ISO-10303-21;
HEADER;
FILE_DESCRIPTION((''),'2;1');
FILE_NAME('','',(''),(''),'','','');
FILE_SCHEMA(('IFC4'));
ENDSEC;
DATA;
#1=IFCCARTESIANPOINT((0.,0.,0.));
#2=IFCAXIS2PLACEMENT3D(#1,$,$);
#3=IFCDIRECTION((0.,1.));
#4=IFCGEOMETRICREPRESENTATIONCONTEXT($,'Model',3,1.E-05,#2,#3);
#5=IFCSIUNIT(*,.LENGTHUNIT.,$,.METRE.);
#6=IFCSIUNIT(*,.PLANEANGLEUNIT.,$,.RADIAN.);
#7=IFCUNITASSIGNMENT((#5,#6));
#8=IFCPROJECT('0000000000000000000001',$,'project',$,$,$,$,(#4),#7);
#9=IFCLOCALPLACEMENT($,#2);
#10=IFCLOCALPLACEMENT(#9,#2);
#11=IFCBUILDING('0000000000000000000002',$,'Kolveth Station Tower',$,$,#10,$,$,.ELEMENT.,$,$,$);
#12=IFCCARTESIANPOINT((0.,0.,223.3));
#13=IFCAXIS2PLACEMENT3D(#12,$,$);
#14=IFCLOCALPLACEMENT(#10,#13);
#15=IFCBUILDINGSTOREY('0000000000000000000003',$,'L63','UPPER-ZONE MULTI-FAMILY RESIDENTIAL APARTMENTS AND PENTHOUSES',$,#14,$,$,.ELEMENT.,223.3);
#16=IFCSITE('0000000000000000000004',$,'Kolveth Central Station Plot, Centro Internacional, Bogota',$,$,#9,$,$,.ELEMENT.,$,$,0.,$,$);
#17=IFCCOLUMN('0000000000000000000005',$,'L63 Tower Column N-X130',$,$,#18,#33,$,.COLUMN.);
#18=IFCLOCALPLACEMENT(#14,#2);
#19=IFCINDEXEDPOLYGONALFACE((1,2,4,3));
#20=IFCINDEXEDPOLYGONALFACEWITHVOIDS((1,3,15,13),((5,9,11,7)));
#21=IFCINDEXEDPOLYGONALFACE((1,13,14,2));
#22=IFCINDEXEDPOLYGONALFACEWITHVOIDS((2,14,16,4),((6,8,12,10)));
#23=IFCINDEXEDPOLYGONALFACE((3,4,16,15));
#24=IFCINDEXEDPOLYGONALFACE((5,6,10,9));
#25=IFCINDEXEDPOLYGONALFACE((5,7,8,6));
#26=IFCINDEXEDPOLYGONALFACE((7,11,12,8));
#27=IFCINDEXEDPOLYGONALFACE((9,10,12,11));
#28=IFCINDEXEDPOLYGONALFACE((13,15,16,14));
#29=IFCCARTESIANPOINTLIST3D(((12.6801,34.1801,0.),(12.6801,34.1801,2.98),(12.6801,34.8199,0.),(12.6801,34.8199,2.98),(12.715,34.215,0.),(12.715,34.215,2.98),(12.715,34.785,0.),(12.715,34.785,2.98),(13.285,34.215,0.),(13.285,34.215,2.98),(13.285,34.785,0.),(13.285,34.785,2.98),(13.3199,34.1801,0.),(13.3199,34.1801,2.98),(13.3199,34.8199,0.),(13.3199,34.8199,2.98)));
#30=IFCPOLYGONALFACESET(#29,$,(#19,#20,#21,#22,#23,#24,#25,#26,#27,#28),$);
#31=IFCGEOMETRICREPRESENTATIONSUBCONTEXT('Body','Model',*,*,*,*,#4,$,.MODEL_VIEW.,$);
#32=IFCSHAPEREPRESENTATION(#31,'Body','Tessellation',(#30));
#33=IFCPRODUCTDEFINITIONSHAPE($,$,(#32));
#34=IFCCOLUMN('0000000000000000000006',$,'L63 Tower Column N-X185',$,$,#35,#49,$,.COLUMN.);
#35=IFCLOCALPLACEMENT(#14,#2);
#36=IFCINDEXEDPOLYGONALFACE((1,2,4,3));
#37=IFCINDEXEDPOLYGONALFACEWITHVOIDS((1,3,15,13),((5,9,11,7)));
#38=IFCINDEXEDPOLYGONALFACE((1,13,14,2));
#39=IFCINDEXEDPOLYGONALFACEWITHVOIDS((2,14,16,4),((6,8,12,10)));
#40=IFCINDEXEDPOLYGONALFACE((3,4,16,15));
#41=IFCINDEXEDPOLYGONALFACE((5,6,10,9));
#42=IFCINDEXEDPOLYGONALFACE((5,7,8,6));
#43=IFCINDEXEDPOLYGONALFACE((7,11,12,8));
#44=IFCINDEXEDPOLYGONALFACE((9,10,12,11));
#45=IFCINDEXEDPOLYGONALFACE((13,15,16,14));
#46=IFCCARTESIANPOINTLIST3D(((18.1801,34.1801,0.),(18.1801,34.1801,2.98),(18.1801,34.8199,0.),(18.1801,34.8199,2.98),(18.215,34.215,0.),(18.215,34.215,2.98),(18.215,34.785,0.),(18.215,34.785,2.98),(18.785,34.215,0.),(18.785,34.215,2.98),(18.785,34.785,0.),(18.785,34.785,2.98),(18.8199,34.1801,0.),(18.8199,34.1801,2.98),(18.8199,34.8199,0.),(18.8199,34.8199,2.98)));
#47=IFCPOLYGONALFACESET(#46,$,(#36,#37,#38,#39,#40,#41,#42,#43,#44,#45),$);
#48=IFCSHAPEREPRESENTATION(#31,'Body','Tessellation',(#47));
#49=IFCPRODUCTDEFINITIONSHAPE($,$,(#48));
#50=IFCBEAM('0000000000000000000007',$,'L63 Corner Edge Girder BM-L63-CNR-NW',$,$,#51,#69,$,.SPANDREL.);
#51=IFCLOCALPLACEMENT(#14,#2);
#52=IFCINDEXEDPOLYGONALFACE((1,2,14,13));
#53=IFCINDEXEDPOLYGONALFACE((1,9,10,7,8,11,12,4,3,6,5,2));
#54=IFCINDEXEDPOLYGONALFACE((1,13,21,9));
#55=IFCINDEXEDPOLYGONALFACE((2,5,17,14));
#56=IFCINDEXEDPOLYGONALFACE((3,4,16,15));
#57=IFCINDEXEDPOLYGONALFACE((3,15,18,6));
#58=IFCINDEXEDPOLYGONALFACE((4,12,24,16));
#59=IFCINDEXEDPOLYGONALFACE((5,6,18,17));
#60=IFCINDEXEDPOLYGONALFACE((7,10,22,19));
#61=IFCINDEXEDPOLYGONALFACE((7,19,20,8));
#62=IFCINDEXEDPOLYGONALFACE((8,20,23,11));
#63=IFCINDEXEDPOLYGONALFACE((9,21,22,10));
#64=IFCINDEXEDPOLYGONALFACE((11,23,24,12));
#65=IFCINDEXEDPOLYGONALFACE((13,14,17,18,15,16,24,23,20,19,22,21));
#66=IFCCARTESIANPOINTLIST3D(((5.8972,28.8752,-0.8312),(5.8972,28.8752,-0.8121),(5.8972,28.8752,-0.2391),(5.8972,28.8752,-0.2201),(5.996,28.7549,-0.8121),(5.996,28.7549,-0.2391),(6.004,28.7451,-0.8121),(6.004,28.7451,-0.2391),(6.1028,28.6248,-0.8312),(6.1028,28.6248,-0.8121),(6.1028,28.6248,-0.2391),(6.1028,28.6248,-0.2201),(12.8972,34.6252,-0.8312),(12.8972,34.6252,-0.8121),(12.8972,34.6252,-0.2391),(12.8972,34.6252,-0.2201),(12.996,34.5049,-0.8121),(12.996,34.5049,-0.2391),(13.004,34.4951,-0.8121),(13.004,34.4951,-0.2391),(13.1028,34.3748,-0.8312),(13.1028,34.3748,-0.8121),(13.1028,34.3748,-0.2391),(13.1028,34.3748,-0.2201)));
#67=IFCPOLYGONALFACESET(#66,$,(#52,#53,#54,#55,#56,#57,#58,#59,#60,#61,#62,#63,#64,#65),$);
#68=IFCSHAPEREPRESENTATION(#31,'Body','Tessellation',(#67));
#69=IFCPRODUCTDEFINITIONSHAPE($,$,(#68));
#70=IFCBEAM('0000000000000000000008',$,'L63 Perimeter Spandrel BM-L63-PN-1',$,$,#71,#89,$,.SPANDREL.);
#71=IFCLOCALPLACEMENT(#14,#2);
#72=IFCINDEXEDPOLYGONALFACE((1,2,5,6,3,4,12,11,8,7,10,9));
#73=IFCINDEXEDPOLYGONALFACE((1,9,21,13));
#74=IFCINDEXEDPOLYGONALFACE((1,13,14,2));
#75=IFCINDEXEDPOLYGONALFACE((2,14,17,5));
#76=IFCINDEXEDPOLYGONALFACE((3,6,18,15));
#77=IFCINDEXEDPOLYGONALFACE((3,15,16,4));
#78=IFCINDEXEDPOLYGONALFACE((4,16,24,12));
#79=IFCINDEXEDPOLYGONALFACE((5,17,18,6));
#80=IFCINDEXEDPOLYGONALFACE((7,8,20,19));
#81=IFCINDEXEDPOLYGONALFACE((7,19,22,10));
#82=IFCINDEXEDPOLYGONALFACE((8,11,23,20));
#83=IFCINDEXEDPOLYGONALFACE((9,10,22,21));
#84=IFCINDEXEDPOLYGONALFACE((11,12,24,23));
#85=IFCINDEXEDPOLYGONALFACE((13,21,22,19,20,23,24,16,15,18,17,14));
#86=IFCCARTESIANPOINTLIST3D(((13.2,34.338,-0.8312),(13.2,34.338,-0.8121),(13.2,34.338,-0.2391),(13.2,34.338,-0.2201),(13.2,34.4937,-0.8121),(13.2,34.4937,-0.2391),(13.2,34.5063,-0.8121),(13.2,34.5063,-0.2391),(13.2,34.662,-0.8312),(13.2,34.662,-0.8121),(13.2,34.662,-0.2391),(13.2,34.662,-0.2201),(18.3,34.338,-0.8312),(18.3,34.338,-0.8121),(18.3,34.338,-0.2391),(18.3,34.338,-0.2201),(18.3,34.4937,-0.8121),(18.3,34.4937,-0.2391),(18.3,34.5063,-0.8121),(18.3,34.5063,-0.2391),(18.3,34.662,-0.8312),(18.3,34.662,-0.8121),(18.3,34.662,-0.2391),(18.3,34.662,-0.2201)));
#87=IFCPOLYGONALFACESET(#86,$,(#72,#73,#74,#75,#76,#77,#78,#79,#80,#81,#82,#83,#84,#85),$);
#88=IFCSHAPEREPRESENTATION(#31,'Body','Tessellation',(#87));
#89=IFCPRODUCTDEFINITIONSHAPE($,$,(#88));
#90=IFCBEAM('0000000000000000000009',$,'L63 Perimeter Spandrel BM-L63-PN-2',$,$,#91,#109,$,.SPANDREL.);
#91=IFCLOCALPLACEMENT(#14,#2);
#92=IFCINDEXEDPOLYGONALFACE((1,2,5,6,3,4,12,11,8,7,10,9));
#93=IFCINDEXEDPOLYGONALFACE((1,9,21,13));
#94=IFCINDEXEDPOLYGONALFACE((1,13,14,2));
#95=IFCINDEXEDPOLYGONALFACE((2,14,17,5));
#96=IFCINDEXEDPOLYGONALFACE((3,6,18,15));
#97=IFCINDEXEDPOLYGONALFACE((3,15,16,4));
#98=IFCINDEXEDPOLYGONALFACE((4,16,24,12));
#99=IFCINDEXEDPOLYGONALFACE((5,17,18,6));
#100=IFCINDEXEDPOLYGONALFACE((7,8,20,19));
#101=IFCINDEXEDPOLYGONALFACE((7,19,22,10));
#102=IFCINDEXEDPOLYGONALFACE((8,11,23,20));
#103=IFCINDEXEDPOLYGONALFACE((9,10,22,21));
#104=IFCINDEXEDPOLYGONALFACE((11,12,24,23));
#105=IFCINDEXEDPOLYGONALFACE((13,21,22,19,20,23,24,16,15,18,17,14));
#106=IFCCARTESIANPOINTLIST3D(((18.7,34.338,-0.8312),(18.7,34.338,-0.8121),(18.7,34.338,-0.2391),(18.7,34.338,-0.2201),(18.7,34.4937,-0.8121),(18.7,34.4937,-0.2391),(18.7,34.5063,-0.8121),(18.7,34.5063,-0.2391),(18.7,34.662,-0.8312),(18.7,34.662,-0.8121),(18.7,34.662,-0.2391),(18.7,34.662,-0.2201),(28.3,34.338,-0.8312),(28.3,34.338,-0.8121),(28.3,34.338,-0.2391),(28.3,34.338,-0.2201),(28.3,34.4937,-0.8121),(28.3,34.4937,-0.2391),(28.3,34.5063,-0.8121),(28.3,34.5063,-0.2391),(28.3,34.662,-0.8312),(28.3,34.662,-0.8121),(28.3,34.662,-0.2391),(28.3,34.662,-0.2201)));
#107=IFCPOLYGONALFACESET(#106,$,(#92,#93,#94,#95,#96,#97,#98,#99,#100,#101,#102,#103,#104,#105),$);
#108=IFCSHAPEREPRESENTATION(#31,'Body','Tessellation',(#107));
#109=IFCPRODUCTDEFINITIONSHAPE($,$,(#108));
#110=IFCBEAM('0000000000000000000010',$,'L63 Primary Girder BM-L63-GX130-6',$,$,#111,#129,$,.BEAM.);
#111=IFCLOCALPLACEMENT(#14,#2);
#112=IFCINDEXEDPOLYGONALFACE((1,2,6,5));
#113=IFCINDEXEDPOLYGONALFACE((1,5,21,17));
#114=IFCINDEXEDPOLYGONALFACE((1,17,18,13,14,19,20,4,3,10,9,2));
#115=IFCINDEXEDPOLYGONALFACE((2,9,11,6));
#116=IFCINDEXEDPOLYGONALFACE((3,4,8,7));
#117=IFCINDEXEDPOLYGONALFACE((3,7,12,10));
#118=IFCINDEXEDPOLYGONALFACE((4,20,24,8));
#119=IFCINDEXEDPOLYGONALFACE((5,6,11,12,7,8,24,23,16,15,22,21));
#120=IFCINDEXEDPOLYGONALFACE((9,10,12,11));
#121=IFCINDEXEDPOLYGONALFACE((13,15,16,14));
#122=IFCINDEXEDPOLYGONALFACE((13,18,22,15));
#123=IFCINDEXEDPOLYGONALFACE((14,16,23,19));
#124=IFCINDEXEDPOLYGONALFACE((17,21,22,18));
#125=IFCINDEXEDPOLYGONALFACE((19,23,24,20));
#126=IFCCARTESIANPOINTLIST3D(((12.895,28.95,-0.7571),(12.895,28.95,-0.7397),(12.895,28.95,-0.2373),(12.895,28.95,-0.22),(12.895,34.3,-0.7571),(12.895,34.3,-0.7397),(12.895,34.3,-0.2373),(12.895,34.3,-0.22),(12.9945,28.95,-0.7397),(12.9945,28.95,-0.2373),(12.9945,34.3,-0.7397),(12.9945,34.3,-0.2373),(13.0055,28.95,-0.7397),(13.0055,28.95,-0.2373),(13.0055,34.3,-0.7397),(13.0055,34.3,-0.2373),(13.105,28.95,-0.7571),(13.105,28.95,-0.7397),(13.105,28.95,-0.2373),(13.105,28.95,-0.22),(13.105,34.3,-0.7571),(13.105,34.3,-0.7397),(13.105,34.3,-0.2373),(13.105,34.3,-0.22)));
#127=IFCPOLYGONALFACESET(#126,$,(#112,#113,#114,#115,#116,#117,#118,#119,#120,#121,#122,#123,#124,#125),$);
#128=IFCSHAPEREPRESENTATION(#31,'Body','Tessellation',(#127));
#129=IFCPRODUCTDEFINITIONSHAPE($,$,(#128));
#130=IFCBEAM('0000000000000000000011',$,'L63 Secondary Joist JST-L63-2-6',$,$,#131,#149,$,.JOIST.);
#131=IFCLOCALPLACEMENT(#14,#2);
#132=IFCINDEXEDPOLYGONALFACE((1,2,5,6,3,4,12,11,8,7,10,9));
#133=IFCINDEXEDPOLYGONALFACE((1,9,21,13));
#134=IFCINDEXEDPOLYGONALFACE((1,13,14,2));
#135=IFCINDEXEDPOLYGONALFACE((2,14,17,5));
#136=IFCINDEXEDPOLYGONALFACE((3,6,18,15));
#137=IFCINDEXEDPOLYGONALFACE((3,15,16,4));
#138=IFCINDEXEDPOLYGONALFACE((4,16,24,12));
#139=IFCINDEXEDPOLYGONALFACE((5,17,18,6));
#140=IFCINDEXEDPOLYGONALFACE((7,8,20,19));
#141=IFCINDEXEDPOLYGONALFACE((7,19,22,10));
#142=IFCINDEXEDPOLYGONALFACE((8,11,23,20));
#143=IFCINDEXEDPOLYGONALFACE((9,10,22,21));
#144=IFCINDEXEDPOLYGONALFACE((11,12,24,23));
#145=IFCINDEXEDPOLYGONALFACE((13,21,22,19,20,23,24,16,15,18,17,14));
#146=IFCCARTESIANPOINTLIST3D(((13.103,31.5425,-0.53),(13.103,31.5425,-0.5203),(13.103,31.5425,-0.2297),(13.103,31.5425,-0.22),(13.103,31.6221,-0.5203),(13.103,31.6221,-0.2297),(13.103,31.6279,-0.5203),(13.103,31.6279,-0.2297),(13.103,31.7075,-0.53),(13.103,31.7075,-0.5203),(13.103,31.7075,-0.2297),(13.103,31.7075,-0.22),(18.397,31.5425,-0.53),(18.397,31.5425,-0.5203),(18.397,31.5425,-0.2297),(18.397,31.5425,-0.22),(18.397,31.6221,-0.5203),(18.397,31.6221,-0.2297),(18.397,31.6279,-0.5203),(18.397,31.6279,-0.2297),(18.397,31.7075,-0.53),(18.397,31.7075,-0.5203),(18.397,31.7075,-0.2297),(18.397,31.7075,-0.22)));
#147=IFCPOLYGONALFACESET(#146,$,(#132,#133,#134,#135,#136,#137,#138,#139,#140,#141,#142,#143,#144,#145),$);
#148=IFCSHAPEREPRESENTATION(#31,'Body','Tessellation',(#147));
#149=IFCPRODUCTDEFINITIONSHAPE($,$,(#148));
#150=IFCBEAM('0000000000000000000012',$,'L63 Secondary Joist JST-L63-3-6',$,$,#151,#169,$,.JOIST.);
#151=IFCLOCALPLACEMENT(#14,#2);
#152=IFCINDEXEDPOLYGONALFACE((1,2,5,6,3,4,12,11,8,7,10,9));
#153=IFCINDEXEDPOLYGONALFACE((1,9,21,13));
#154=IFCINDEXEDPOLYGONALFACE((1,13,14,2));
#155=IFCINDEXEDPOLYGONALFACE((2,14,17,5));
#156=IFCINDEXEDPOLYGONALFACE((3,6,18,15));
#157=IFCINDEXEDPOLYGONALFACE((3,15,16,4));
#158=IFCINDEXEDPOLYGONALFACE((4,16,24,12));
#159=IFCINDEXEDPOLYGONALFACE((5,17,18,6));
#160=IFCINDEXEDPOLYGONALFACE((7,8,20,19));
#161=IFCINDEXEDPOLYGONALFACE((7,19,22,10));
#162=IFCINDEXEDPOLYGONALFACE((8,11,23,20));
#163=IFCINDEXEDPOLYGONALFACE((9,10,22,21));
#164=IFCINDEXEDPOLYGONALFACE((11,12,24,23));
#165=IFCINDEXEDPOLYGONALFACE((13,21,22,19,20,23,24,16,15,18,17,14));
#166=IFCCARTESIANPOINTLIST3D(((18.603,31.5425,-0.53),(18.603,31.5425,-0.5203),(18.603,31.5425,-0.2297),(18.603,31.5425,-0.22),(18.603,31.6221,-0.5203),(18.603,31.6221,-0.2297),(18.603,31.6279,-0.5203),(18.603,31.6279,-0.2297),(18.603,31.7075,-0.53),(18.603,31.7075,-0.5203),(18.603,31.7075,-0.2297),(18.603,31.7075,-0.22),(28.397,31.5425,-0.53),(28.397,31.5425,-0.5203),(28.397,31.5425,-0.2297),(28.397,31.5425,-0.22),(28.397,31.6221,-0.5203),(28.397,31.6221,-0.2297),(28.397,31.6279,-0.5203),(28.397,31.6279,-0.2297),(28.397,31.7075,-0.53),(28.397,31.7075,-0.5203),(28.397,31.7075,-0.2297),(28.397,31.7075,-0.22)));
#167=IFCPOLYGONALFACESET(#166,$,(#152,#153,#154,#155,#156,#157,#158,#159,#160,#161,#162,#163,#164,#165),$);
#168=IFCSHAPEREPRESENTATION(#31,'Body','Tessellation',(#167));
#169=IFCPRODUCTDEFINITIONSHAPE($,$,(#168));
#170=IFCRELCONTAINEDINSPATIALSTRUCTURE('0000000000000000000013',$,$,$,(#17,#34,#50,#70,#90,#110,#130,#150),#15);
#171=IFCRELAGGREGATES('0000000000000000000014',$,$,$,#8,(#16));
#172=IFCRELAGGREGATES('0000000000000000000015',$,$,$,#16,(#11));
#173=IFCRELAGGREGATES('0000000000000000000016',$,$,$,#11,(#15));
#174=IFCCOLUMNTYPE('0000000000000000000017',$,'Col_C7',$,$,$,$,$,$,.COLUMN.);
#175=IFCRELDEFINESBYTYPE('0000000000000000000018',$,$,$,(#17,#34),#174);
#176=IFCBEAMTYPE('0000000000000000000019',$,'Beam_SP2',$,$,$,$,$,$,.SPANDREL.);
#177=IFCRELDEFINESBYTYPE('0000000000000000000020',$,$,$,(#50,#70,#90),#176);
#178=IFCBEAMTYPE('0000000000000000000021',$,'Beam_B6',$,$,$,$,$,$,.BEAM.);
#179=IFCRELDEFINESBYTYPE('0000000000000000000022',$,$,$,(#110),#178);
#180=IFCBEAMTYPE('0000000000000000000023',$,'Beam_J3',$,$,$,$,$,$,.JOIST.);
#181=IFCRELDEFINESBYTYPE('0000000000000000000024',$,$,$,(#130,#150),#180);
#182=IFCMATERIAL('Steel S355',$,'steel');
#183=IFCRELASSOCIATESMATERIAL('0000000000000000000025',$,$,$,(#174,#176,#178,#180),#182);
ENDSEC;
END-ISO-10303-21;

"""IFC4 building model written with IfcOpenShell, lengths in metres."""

from ifc_helpers import new_model, si_unit, direction, frame, origin, origin_2d, place, context, subcontext, project, spatial, hollow_rectangle, i_section, extrude, source, transform, mapped, material, material_profile, profile_set, type_object, element, save


model = new_model("IFC4")

# Units and contexts
model_context = context("Model", 3, precision=1e-05, world=origin(), true_north=direction((0.0, 1.0)))
body_context = subcontext(model_context, "Body", "Model", "MODEL_VIEW")
ifc_project = project(units=[si_unit("LENGTHUNIT", "METRE"), si_unit("PLANEANGLEUNIT", "RADIAN")], contexts=[model_context])

# Site, building, storey
site_placement = place(None, origin())
site = spatial("IfcSite", under=ifc_project, at=site_placement, Name="Kolveth Central Station Plot, Centro Internacional, Bogota", CompositionType="ELEMENT", RefElevation=0.0)
building_placement = place(site_placement, origin())
building = spatial("IfcBuilding", under=site, at=building_placement, Name="Kolveth Station Tower", CompositionType="ELEMENT")
storey_placement = place(building_placement, frame((0.0, 0.0, 223.3)))
storey = spatial("IfcBuildingStorey", under=building, at=storey_placement, Name="L63", Description="UPPER-ZONE MULTI-FAMILY RESIDENTIAL APARTMENTS AND PENTHOUSES", CompositionType="ELEMENT", Elevation=223.3)

# Columns
ifc_material_1 = material(Name="Steel S355", Category="steel")
ifc_material_profile_1 = material_profile(ifc_material_1, hollow_rectangle(XDim=0.6399, YDim=0.6399, WallThickness=0.0349, at=origin_2d()), Name="BOX640x640x35")
ifc_profile_set_1 = profile_set([ifc_material_profile_1], Name="Steel S355")
column_type = type_object("IfcColumnType", Name="Col_C7", PredefinedType="COLUMN", material=ifc_profile_set_1)
shared_shape_1 = source(origin(), body_context, "Body", "SweptSolid", [
    extrude(hollow_rectangle(XDim=0.6399, YDim=0.6399, WallThickness=0.0349, at=origin_2d()), origin(), (0.0, 0.0, 1.0), 2.98),
])
for number, where, z_axis, x_axis, name in (
    (1, (13.0, 34.5, 0.0), (0.0, 0.0, 1.0), (1.0, 0.0, 0.0), "L63 Tower Column N-X130"),
    (2, (18.5, 34.5, 0.0), (0.0, 0.0, 1.0), (1.0, 0.0, 0.0), "L63 Tower Column N-X185"),
):
    element("IfcColumn", number, at=place(storey_placement, frame(where, z_axis=z_axis, x_axis=x_axis)), inside=storey, type_object=column_type, Name=name, PredefinedType="COLUMN", context=body_context, shape_type="MappedRepresentation", body=[
        mapped(shared_shape_1, transform((0.0, 0.0, 0.0), x_axis=(1.0, 0.0, 0.0), y_axis=(0.0, 1.0, 0.0), z_axis=(0.0, 0.0, 1.0), scale=1.0)),
    ])

# Beams
ifc_material_profile_2 = material_profile(ifc_material_1, i_section(OverallWidth=0.324, OverallDepth=0.6111, WebThickness=0.0127, FlangeThickness=0.019, at=origin_2d()), Name="W610x155")
ifc_profile_set_2 = profile_set([ifc_material_profile_2], Name="Steel S355")
beam_type_1 = type_object("IfcBeamType", Name="Beam_SP2", PredefinedType="SPANDREL", material=ifc_profile_set_2)
shared_shape_2 = source(origin(), body_context, "Body", "SweptSolid", [
    extrude(i_section(OverallWidth=0.324, OverallDepth=0.6111, WebThickness=0.0127, FlangeThickness=0.019, at=origin_2d()), origin(), (0.0, 0.0, 1.0), 9.0588),
])
beam_1_placement = place(storey_placement, frame((13.0, 34.5, -0.5256), z_axis=(-0.772726, -0.634739, 0.0), x_axis=(0.634739, -0.772726, 0.0)))
element("IfcBeam", 3, at=beam_1_placement, inside=storey, type_object=beam_type_1, Name="L63 Corner Edge Girder BM-L63-CNR-NW", PredefinedType="SPANDREL", context=body_context, shape_type="MappedRepresentation", body=[
    mapped(shared_shape_2, transform((0.0, 0.0, 0.0), x_axis=(1.0, 0.0, 0.0), y_axis=(0.0, 1.0, 0.0), z_axis=(0.0, 0.0, 1.0), scale=1.0)),
])
shared_shape_3 = source(origin(), body_context, "Body", "SweptSolid", [
    extrude(i_section(OverallWidth=0.324, OverallDepth=0.6111, WebThickness=0.0127, FlangeThickness=0.019, at=origin_2d()), origin(), (0.0, 0.0, 1.0), 5.1001),
])
beam_2_placement = place(storey_placement, frame((13.2, 34.5, -0.5256), z_axis=(1.0, 0.0, 0.0), x_axis=(0.0, 1.0, 0.0)))
element("IfcBeam", 4, at=beam_2_placement, inside=storey, type_object=beam_type_1, Name="L63 Perimeter Spandrel BM-L63-PN-1", PredefinedType="SPANDREL", context=body_context, shape_type="MappedRepresentation", body=[
    mapped(shared_shape_3, transform((0.0, 0.0, 0.0), x_axis=(1.0, 0.0, 0.0), y_axis=(0.0, 1.0, 0.0), z_axis=(0.0, 0.0, 1.0), scale=1.0)),
])
shared_shape_4 = source(origin(), body_context, "Body", "SweptSolid", [
    extrude(i_section(OverallWidth=0.324, OverallDepth=0.6111, WebThickness=0.0127, FlangeThickness=0.019, at=origin_2d()), origin(), (0.0, 0.0, 1.0), 9.6001),
])
beam_3_placement = place(storey_placement, frame((18.7, 34.5, -0.5256), z_axis=(1.0, 0.0, 0.0), x_axis=(0.0, 1.0, 0.0)))
element("IfcBeam", 5, at=beam_3_placement, inside=storey, type_object=beam_type_1, Name="L63 Perimeter Spandrel BM-L63-PN-2", PredefinedType="SPANDREL", context=body_context, shape_type="MappedRepresentation", body=[
    mapped(shared_shape_4, transform((0.0, 0.0, 0.0), x_axis=(1.0, 0.0, 0.0), y_axis=(0.0, 1.0, 0.0), z_axis=(0.0, 0.0, 1.0), scale=1.0)),
])
ifc_material_profile_3 = material_profile(ifc_material_1, i_section(OverallWidth=0.21, OverallDepth=0.5371, WebThickness=0.011, FlangeThickness=0.0173, at=origin_2d()), Name="W530x101")
ifc_profile_set_3 = profile_set([ifc_material_profile_3], Name="Steel S355")
beam_type_2 = type_object("IfcBeamType", Name="Beam_B6", PredefinedType="BEAM", material=ifc_profile_set_3)
shared_shape_5 = source(origin(), body_context, "Body", "SweptSolid", [
    extrude(i_section(OverallWidth=0.21, OverallDepth=0.5371, WebThickness=0.011, FlangeThickness=0.0173, at=origin_2d()), origin(), (0.0, 0.0, 1.0), 5.3501),
])
beam_4_placement = place(storey_placement, frame((13.0, 28.95, -0.4885), z_axis=(0.0, 1.0, 0.0), x_axis=(-1.0, 0.0, 0.0)))
element("IfcBeam", 6, at=beam_4_placement, inside=storey, type_object=beam_type_2, Name="L63 Primary Girder BM-L63-GX130-6", PredefinedType="BEAM", context=body_context, shape_type="MappedRepresentation", body=[
    mapped(shared_shape_5, transform((0.0, 0.0, 0.0), x_axis=(1.0, 0.0, 0.0), y_axis=(0.0, 1.0, 0.0), z_axis=(0.0, 0.0, 1.0), scale=1.0)),
])
ifc_material_profile_4 = material_profile(ifc_material_1, i_section(OverallWidth=0.165, OverallDepth=0.3101, WebThickness=0.0059, FlangeThickness=0.0098, at=origin_2d()), Name="W310x39")
ifc_profile_set_4 = profile_set([ifc_material_profile_4], Name="Steel S355")
beam_type_3 = type_object("IfcBeamType", Name="Beam_J3", PredefinedType="JOIST", material=ifc_profile_set_4)
shared_shape_6 = source(origin(), body_context, "Body", "SweptSolid", [
    extrude(i_section(OverallWidth=0.165, OverallDepth=0.3101, WebThickness=0.0059, FlangeThickness=0.0098, at=origin_2d()), origin(), (0.0, 0.0, 1.0), 5.2939),
])
beam_5_placement = place(storey_placement, frame((13.103, 31.625, -0.375), z_axis=(1.0, 0.0, 0.0), x_axis=(0.0, 1.0, 0.0)))
element("IfcBeam", 7, at=beam_5_placement, inside=storey, type_object=beam_type_3, Name="L63 Secondary Joist JST-L63-2-6", PredefinedType="JOIST", context=body_context, shape_type="MappedRepresentation", body=[
    mapped(shared_shape_6, transform((0.0, 0.0, 0.0), x_axis=(1.0, 0.0, 0.0), y_axis=(0.0, 1.0, 0.0), z_axis=(0.0, 0.0, 1.0), scale=1.0)),
])
shared_shape_7 = source(origin(), body_context, "Body", "SweptSolid", [
    extrude(i_section(OverallWidth=0.165, OverallDepth=0.3101, WebThickness=0.0059, FlangeThickness=0.0098, at=origin_2d()), origin(), (0.0, 0.0, 1.0), 9.7939),
])
beam_6_placement = place(storey_placement, frame((18.603, 31.625, -0.375), z_axis=(1.0, 0.0, 0.0), x_axis=(0.0, 1.0, 0.0)))
element("IfcBeam", 8, at=beam_6_placement, inside=storey, type_object=beam_type_3, Name="L63 Secondary Joist JST-L63-3-6", PredefinedType="JOIST", context=body_context, shape_type="MappedRepresentation", body=[
    mapped(shared_shape_7, transform((0.0, 0.0, 0.0), x_axis=(1.0, 0.0, 0.0), y_axis=(0.0, 1.0, 0.0), z_axis=(0.0, 0.0, 1.0), scale=1.0)),
])

save(model, "model.ifc")
